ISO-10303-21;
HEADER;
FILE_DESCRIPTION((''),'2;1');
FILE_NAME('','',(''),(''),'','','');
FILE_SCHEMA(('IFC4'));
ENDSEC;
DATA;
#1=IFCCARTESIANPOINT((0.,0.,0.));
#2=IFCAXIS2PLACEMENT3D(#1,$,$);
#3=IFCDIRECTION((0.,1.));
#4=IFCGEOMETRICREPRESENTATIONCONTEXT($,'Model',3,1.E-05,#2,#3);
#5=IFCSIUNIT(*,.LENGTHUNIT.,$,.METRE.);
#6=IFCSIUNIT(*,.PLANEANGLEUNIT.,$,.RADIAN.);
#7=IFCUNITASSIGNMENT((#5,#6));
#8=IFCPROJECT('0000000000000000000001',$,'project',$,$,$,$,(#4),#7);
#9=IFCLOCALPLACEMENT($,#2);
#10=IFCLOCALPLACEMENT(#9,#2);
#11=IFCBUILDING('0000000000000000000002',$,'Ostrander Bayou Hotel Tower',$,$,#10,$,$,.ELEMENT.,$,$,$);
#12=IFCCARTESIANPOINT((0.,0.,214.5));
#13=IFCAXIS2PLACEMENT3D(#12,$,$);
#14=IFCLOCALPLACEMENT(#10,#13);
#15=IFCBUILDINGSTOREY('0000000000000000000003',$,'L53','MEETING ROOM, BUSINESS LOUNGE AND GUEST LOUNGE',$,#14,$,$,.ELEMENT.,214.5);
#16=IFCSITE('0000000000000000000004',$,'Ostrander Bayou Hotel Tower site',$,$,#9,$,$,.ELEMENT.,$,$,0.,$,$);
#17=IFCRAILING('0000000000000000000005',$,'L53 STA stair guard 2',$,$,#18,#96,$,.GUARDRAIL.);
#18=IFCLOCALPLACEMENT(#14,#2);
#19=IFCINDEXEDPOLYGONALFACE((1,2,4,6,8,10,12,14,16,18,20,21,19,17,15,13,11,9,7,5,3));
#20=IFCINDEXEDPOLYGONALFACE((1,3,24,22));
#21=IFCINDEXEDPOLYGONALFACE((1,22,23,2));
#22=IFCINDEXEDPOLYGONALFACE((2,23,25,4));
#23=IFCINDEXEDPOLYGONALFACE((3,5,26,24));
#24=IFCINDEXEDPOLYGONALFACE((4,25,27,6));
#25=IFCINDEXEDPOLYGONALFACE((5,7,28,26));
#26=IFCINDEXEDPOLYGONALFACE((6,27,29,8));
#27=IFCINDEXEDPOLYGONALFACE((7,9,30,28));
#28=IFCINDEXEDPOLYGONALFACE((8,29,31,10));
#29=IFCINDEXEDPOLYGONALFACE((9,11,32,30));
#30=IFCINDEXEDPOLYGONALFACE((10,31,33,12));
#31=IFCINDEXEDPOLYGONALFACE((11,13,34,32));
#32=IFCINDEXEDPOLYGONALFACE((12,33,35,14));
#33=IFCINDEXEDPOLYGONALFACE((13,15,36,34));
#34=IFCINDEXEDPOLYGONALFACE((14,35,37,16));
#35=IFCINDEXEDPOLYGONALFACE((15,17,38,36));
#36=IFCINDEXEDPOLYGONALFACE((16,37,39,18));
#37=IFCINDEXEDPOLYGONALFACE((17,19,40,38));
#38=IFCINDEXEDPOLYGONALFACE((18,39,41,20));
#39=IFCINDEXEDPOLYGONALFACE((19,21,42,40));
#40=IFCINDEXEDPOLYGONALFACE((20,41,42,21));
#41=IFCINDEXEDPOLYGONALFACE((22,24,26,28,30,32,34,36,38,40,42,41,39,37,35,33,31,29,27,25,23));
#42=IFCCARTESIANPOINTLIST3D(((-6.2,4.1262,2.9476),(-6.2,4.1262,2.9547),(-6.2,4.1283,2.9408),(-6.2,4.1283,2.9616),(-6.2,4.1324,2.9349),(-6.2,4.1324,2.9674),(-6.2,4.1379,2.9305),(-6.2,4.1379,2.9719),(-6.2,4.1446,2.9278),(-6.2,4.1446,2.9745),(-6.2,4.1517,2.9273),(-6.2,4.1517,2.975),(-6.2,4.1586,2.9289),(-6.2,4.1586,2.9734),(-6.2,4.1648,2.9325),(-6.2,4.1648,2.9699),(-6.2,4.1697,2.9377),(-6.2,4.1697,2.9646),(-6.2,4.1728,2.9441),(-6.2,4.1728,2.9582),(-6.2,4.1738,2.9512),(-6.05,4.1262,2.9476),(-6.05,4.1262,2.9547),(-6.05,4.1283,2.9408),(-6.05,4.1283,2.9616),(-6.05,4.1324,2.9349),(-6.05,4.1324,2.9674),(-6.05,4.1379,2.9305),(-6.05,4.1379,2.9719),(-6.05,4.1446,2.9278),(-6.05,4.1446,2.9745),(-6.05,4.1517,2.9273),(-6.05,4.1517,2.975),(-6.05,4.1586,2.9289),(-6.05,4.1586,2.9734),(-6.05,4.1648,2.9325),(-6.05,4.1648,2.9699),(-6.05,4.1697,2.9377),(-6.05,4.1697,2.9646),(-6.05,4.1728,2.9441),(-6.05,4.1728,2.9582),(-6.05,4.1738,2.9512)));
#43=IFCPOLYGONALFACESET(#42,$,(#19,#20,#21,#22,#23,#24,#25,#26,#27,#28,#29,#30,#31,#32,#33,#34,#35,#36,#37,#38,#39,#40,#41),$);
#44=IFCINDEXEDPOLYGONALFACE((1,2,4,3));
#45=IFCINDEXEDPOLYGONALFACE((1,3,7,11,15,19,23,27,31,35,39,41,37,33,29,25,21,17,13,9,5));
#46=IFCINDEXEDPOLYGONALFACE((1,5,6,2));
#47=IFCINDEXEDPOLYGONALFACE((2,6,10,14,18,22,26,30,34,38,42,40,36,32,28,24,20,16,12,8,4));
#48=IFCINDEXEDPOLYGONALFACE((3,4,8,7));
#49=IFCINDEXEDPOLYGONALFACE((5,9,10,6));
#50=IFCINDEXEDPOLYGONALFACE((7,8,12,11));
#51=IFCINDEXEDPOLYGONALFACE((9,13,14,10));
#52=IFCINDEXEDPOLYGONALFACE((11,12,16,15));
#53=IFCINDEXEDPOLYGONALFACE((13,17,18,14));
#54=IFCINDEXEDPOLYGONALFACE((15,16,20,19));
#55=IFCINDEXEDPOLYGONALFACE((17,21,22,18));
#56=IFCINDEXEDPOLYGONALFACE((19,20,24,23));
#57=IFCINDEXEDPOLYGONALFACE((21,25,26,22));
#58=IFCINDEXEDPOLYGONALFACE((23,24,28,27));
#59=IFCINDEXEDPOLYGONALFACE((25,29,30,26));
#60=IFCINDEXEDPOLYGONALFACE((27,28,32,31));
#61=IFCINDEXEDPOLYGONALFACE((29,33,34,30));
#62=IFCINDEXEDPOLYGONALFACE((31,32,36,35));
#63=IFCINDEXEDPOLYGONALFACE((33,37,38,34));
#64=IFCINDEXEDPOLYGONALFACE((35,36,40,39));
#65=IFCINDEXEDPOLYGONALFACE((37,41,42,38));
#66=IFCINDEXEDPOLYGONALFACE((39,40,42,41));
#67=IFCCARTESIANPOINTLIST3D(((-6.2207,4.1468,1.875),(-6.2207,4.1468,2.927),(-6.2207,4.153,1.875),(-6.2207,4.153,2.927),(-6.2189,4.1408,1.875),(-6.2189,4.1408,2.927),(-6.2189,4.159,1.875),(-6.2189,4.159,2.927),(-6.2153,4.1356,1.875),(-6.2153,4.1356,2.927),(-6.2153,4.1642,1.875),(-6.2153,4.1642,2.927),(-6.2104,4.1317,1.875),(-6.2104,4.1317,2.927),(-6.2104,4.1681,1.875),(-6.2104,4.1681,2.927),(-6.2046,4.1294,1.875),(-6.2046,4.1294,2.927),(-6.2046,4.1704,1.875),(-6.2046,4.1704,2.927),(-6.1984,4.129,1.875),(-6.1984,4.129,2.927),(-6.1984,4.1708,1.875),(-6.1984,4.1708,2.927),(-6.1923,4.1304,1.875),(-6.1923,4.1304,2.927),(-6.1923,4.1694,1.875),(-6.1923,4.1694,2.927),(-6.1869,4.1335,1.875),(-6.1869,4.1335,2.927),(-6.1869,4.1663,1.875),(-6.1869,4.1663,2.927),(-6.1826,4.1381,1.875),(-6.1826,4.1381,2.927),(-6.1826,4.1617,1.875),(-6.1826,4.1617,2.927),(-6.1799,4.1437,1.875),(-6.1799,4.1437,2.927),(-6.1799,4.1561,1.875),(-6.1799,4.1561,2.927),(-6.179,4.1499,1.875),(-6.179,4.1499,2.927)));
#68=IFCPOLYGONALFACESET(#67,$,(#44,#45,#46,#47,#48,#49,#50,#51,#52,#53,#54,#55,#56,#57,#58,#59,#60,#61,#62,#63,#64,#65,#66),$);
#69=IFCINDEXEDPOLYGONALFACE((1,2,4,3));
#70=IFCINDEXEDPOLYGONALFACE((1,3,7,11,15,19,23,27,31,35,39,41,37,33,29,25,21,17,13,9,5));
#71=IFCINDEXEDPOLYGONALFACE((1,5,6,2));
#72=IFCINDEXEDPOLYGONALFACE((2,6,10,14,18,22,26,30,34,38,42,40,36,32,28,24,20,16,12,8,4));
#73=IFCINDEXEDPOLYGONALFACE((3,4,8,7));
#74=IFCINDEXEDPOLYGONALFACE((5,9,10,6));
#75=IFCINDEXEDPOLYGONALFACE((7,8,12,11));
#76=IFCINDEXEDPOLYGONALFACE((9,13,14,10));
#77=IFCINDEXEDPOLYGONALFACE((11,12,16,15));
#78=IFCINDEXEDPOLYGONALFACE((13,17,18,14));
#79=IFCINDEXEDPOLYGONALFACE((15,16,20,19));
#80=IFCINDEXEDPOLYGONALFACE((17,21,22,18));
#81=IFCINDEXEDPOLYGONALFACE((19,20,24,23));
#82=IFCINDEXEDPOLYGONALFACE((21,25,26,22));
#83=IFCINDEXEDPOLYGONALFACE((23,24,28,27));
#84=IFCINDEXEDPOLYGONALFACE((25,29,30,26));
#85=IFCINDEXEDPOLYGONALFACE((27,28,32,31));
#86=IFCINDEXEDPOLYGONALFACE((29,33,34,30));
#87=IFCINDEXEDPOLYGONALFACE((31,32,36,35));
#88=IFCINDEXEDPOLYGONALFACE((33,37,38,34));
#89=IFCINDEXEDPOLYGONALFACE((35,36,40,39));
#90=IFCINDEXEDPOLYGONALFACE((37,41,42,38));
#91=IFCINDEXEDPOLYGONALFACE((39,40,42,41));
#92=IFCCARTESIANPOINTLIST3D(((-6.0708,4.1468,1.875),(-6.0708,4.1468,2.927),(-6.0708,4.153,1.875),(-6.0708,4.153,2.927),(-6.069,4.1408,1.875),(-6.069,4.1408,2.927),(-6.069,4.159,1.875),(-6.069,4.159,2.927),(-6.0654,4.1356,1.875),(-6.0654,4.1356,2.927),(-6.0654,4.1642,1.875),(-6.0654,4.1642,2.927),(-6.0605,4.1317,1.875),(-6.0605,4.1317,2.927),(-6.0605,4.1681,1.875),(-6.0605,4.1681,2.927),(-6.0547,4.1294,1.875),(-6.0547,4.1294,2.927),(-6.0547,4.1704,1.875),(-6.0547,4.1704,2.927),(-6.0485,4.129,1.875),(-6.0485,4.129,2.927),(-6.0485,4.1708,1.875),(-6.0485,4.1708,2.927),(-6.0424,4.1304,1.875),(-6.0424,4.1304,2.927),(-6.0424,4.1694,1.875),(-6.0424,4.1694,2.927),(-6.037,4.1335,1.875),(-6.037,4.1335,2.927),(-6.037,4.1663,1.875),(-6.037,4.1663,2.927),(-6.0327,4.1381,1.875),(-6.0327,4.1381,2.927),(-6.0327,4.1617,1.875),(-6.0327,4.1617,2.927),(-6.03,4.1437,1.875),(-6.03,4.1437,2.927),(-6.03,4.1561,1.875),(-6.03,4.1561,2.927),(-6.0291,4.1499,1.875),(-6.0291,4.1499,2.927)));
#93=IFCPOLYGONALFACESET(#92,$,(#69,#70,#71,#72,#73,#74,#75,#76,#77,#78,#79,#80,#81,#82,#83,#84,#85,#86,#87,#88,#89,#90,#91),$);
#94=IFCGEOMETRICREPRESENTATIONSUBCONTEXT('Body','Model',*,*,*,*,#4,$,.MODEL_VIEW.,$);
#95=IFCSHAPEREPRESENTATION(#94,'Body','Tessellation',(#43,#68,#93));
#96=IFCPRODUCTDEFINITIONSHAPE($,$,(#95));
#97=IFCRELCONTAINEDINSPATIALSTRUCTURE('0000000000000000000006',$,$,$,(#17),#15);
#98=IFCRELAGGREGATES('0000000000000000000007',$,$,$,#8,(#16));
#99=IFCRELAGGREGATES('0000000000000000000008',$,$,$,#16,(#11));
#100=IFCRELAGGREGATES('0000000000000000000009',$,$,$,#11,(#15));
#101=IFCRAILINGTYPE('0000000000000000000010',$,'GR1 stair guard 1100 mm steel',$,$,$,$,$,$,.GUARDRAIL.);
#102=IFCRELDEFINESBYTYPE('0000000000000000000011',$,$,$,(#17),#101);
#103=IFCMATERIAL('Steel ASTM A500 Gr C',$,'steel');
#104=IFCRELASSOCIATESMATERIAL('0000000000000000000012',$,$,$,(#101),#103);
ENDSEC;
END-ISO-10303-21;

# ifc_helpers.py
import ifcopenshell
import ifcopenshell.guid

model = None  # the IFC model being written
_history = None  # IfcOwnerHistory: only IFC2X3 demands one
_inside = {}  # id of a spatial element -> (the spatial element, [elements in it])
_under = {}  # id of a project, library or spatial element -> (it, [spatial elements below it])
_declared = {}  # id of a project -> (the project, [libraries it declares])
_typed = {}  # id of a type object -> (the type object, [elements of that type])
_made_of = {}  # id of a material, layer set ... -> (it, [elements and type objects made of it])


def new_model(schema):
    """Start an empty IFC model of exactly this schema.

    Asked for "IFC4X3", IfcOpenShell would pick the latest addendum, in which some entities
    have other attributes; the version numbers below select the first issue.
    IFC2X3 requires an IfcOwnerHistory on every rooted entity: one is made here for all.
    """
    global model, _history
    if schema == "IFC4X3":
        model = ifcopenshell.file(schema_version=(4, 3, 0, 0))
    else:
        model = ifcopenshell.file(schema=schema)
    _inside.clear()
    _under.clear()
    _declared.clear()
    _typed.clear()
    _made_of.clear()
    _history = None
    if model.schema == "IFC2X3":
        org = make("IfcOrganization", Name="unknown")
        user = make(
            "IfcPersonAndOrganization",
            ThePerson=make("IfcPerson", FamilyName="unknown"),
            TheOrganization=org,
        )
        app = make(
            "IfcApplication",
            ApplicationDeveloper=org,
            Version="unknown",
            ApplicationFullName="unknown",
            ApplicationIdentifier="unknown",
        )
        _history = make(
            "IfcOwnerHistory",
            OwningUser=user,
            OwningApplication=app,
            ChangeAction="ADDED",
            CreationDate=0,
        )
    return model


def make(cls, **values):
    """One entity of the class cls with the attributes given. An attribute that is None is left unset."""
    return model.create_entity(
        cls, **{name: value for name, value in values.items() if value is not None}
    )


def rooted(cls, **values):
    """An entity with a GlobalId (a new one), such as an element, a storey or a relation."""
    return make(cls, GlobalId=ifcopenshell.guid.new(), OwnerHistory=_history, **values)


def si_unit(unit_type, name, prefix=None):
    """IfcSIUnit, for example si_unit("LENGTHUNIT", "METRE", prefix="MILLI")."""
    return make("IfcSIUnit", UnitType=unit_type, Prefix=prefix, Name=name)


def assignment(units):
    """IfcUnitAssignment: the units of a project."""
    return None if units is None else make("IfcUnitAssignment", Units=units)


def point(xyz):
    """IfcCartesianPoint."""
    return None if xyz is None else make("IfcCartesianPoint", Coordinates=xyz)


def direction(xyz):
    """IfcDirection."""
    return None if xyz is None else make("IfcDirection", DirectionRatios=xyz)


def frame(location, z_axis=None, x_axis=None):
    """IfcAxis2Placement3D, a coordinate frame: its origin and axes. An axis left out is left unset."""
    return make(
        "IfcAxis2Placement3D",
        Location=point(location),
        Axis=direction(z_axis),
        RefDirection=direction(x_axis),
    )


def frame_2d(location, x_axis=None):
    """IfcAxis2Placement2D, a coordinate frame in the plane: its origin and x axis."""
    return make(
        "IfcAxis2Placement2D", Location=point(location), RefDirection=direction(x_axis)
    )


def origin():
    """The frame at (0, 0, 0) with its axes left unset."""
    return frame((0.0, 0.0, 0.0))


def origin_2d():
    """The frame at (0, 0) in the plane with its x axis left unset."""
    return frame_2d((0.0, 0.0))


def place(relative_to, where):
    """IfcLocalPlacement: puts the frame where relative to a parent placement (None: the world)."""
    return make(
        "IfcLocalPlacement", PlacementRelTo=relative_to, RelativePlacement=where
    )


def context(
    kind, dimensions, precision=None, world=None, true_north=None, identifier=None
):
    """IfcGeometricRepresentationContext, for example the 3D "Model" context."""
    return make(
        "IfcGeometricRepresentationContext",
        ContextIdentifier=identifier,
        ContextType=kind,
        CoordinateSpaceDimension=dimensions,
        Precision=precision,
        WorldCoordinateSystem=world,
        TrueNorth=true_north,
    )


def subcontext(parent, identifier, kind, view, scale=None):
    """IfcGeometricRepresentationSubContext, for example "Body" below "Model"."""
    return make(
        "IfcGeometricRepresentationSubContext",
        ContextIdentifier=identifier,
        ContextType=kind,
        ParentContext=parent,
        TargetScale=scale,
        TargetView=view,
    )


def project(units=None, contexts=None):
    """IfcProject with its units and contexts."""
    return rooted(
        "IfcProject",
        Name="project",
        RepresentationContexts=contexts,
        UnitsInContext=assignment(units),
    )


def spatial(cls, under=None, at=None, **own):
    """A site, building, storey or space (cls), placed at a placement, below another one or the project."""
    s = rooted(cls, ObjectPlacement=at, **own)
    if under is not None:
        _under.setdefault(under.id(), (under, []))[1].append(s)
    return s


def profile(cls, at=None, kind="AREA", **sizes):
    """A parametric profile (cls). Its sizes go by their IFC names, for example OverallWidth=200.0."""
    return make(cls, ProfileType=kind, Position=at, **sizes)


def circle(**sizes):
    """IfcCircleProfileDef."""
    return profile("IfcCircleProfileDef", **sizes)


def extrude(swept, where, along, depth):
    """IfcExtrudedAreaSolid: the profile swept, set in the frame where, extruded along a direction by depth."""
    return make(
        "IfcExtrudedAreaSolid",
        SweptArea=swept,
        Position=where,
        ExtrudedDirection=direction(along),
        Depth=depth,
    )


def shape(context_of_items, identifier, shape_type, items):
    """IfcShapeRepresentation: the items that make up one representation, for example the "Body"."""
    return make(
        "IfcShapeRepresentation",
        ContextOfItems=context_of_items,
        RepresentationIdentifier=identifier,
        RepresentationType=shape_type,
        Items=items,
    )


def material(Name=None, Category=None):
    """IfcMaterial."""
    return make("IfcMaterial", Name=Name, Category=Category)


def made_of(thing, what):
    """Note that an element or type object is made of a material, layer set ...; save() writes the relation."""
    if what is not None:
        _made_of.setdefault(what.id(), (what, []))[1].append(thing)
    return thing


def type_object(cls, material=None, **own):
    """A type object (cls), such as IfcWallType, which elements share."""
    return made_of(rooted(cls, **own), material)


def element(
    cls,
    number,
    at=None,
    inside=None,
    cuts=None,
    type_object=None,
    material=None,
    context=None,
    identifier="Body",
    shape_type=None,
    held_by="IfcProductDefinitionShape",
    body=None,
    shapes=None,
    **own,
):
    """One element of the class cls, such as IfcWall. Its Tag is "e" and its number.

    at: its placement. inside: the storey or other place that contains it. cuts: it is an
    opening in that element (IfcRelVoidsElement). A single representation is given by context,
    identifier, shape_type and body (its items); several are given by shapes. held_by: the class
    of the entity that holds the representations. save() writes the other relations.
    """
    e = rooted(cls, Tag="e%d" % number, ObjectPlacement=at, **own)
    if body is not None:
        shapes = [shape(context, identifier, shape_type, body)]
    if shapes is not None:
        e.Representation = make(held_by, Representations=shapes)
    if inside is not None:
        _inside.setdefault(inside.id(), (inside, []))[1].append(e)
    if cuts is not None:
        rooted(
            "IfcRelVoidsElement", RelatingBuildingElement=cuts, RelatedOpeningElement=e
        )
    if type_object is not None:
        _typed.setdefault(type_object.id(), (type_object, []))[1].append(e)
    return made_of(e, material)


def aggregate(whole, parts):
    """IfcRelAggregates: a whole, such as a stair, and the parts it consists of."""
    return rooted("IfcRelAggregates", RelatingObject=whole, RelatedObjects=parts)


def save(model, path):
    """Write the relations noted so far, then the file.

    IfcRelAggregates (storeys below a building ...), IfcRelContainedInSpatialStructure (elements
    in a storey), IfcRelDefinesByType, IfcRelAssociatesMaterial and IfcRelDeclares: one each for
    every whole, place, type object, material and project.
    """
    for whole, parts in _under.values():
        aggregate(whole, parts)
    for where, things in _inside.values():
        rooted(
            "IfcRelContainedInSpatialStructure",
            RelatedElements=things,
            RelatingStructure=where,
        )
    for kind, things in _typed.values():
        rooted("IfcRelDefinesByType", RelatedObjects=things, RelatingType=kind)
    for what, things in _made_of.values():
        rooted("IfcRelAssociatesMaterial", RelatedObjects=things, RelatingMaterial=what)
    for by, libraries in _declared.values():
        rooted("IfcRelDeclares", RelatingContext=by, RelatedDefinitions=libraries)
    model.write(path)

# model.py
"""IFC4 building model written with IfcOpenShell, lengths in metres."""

from ifc_helpers import new_model, si_unit, direction, frame, origin, origin_2d, place, context, subcontext, project, spatial, circle, extrude, material, type_object, element, save


model = new_model("IFC4")

# Units and contexts
model_context = context("Model", 3, precision=1e-05, world=origin(), true_north=direction((0.0, 1.0)))
body_context = subcontext(model_context, "Body", "Model", "MODEL_VIEW")
ifc_project = project(units=[si_unit("LENGTHUNIT", "METRE"), si_unit("PLANEANGLEUNIT", "RADIAN")], contexts=[model_context])

# Site, building, storey
site_placement = place(None, origin())
site = spatial("IfcSite", under=ifc_project, at=site_placement, Name="Ostrander Bayou Hotel Tower site", CompositionType="ELEMENT", RefElevation=0.0)
building_placement = place(site_placement, origin())
building = spatial("IfcBuilding", under=site, at=building_placement, Name="Ostrander Bayou Hotel Tower", CompositionType="ELEMENT")
storey_placement = place(building_placement, frame((0.0, 0.0, 214.5)))
storey = spatial("IfcBuildingStorey", under=building, at=storey_placement, Name="L53", Description="MEETING ROOM, BUSINESS LOUNGE AND GUEST LOUNGE", CompositionType="ELEMENT", Elevation=214.5)

# Railing
ifc_material_1 = material(Name="Steel ASTM A500 Gr C", Category="steel")
railing_type_1 = type_object("IfcRailingType", Name="GR1 stair guard 1100 mm steel", PredefinedType="GUARDRAIL", material=ifc_material_1)
railing_1_placement = place(storey_placement, frame((-6.2, 4.1499, 1.875)))
element("IfcRailing", 1, at=railing_1_placement, inside=storey, type_object=railing_type_1, Name="L53 STA stair guard 2", PredefinedType="GUARDRAIL", context=body_context, shape_type="SweptSolid", body=[
    extrude(circle(Radius=0.0239, at=origin_2d()), frame((0.0, 0.0, 1.0762), z_axis=(1.0, 0.0, 0.0), x_axis=(0.0, 1.0, 0.0)), (0.0, 0.0, 1.0), 0.1499),
    extrude(circle(Radius=0.021, at=origin_2d()), origin(), (0.0, 0.0, 1.0), 1.052),
    extrude(circle(Radius=0.021, at=origin_2d()), frame((0.1499, 0.0, 0.0)), (0.0, 0.0, 1.0), 1.052),
])

save(model, "model.ifc")
